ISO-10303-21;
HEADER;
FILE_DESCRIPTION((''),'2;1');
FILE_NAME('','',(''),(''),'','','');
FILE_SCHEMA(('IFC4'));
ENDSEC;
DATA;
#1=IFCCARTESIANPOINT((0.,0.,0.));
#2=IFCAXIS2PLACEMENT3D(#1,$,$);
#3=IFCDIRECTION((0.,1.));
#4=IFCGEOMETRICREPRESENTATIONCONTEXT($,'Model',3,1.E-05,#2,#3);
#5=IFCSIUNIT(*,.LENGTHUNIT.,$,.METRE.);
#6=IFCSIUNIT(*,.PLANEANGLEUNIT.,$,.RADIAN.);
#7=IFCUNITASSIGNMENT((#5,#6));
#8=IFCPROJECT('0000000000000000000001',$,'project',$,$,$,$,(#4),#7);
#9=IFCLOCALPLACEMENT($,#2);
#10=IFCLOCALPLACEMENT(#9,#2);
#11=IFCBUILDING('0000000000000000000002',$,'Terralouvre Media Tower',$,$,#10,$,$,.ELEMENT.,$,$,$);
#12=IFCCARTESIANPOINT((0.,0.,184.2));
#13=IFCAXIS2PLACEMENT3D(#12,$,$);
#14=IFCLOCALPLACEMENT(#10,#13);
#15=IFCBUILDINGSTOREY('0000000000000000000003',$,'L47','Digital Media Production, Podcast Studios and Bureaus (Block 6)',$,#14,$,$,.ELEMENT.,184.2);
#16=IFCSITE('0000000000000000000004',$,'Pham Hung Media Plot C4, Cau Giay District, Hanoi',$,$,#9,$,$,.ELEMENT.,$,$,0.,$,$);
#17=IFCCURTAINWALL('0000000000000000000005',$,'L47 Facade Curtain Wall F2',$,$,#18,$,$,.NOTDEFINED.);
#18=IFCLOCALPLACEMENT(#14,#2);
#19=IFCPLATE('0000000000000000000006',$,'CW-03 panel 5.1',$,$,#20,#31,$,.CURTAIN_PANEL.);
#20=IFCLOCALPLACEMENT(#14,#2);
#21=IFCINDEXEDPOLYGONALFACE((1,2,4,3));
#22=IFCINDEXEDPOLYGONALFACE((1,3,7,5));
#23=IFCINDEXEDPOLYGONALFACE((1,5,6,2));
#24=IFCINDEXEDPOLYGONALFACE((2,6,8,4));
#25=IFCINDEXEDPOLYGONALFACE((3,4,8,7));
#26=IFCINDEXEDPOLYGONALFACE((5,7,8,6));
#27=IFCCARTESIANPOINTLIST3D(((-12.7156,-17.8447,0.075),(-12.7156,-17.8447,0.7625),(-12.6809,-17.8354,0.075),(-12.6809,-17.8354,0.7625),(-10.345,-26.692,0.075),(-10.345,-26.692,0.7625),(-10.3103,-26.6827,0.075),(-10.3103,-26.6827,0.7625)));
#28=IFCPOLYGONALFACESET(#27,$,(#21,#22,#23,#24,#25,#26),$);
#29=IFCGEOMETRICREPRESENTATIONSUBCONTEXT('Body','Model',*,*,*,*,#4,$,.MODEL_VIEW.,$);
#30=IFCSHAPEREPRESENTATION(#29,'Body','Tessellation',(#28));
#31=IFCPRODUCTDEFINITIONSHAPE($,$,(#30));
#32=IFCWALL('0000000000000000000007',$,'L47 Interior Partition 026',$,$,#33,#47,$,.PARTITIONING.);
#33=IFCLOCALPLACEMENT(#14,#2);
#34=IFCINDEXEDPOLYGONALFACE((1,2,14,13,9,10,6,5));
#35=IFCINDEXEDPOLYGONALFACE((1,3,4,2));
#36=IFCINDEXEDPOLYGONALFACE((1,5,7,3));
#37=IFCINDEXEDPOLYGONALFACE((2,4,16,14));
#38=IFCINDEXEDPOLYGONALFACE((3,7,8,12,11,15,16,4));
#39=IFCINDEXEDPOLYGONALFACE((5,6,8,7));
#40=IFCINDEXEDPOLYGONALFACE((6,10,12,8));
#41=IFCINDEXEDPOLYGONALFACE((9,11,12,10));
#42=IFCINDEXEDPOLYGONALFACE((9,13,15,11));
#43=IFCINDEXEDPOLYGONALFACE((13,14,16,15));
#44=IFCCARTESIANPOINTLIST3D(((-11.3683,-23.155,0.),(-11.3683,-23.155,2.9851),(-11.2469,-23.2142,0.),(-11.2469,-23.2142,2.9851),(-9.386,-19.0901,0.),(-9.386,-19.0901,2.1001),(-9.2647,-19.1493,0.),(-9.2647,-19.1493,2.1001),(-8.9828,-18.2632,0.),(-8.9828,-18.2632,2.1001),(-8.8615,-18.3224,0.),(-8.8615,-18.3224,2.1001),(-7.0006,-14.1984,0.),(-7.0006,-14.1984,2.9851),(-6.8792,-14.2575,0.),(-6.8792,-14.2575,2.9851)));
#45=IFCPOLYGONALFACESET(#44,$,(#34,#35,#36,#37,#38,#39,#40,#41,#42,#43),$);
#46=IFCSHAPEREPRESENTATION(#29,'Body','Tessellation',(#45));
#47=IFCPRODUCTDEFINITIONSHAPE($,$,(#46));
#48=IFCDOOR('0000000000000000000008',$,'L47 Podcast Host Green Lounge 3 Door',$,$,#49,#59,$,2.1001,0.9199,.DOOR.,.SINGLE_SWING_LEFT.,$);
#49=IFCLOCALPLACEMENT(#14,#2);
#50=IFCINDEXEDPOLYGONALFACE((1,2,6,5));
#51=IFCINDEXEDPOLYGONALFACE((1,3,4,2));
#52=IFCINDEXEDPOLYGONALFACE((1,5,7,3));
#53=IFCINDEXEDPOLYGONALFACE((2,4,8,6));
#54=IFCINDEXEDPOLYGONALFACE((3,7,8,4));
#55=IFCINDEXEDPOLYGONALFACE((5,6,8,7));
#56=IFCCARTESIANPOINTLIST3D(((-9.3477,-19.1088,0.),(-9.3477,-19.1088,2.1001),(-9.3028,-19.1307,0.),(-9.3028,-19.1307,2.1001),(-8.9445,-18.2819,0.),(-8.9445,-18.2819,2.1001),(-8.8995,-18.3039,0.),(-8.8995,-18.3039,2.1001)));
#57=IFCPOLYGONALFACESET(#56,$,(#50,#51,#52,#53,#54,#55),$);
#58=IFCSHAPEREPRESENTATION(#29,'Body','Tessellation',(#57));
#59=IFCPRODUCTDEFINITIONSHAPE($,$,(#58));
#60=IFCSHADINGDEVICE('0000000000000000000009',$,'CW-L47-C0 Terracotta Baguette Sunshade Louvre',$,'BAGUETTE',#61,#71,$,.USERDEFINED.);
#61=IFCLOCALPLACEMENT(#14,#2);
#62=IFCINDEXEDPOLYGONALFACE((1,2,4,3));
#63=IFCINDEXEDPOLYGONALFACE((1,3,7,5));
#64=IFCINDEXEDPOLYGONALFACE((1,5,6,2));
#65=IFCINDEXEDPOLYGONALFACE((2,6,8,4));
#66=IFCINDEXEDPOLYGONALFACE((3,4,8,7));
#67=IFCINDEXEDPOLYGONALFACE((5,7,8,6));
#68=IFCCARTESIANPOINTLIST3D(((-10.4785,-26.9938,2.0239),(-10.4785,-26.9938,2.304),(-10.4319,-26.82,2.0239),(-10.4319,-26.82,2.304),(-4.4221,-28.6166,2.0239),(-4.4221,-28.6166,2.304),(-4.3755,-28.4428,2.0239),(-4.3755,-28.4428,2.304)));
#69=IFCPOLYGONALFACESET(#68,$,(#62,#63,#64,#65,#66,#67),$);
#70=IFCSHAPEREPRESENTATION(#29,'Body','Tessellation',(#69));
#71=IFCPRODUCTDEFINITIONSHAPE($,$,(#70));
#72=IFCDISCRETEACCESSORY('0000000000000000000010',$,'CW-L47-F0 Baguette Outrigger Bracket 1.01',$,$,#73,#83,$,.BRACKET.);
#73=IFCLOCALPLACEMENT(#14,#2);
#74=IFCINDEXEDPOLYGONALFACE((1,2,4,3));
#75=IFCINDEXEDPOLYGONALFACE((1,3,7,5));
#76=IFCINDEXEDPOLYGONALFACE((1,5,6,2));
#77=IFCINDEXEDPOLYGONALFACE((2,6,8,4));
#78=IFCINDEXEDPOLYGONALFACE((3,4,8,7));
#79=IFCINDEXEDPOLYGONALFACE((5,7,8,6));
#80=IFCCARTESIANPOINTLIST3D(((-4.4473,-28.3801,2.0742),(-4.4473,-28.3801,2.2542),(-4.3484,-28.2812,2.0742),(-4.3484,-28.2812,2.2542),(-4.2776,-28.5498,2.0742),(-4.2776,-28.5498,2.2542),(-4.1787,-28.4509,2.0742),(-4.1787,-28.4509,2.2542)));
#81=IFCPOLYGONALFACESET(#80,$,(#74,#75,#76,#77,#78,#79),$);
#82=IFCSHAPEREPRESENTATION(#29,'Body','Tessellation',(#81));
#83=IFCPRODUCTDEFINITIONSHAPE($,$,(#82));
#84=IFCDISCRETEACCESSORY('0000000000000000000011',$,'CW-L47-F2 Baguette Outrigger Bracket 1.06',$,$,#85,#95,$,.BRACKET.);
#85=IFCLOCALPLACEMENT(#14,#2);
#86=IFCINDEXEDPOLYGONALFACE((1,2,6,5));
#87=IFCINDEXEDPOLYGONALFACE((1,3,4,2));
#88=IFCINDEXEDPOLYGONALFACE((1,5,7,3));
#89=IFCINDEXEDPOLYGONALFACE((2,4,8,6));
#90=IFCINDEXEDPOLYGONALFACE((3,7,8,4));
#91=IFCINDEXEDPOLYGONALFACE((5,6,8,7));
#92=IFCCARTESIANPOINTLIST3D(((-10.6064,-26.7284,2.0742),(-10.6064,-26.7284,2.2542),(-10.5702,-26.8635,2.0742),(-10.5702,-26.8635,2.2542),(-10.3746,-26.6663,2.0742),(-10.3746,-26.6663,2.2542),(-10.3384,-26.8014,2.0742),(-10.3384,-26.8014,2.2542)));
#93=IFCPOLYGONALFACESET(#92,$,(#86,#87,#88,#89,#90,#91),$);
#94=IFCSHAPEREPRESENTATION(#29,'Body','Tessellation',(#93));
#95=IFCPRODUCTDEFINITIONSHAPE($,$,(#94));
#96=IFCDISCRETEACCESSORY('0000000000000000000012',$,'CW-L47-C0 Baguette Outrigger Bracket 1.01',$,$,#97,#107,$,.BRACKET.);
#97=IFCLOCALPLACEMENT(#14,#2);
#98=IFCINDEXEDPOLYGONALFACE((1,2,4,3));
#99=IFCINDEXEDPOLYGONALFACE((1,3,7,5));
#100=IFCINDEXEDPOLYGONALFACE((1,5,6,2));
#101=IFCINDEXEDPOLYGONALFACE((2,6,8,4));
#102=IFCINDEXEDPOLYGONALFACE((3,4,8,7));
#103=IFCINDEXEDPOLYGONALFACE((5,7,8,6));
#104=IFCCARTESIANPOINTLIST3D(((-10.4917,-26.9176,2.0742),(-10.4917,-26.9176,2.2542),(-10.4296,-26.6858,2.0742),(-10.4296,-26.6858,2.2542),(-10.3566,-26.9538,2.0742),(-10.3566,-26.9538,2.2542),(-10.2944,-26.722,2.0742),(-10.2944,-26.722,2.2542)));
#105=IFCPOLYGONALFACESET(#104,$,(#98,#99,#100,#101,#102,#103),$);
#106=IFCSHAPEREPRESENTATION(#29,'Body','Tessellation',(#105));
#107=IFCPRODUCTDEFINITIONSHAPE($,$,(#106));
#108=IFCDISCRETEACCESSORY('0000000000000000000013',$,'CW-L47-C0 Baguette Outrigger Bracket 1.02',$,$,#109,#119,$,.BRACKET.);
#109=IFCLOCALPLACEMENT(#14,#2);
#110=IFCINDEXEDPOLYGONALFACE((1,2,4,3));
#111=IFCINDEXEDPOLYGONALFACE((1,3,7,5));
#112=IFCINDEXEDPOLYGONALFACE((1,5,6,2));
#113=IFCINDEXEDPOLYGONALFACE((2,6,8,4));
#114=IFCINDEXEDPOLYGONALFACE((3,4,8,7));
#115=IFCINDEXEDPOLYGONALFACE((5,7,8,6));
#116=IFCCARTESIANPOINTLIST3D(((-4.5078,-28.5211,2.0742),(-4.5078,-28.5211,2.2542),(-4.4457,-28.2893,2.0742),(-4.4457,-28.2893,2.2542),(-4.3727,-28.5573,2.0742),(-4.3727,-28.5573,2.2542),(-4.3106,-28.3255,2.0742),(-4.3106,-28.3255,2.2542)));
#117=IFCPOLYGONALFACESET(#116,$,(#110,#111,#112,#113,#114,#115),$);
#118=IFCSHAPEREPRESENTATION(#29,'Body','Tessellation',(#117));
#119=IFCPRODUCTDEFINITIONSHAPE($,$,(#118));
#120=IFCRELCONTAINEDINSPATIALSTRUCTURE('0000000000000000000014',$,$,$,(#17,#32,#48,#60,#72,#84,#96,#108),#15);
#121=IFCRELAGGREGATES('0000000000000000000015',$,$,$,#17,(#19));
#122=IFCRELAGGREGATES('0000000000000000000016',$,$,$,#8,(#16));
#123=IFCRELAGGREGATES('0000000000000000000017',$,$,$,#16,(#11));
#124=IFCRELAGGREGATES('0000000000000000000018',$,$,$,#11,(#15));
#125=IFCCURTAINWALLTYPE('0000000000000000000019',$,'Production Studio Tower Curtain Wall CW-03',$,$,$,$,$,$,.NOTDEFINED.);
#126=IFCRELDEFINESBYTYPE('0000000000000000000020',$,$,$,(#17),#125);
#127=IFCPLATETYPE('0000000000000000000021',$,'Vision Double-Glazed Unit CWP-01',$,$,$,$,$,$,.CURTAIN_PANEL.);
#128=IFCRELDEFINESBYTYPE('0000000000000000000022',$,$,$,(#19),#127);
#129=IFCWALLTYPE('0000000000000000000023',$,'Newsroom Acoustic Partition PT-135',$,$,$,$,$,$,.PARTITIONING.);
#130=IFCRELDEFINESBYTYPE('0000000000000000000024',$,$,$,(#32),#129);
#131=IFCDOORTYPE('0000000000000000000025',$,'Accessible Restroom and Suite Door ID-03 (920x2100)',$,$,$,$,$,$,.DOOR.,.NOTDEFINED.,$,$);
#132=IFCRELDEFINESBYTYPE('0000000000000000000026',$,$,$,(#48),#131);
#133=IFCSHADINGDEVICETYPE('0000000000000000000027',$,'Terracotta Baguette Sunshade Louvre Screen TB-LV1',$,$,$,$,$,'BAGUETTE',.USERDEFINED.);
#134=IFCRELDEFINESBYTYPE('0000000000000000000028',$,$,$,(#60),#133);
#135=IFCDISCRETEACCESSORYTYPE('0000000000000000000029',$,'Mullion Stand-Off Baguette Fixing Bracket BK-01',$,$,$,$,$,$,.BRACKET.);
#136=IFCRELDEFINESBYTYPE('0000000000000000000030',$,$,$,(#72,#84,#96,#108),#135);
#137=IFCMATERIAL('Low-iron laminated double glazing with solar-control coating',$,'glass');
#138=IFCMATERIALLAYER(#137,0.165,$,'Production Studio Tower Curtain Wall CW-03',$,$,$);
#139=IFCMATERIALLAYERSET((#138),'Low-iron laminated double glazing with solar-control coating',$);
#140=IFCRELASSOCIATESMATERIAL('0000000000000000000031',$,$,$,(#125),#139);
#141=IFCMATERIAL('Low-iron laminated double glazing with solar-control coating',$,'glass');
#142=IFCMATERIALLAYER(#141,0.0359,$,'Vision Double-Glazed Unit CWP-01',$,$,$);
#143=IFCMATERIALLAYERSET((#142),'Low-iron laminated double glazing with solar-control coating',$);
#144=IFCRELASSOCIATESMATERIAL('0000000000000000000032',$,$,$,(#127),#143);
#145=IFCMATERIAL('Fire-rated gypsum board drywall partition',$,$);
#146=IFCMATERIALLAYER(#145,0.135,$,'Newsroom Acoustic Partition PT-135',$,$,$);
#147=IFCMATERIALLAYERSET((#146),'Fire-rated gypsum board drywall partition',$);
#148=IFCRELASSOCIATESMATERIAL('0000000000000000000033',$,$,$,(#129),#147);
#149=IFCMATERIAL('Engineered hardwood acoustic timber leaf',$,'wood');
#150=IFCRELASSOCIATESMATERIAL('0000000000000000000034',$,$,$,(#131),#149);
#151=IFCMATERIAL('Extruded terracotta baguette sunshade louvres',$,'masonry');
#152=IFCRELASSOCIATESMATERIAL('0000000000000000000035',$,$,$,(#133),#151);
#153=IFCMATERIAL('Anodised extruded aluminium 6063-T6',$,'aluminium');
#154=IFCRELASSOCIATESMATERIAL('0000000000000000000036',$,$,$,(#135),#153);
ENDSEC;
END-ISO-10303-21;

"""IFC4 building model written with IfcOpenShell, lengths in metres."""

from ifc_helpers import new_model, si_unit, direction, frame, frame_2d, origin, origin_2d, place, context, subcontext, project, spatial, rectangle, extrude, material, layer, layer_set, type_object, element, fill, aggregate, save


model = new_model("IFC4")

# Units and contexts
model_context = context("Model", 3, precision=1e-05, world=origin(), true_north=direction((0.0, 1.0)))
body_context = subcontext(model_context, "Body", "Model", "MODEL_VIEW")
ifc_project = project(units=[si_unit("LENGTHUNIT", "METRE"), si_unit("PLANEANGLEUNIT", "RADIAN")], contexts=[model_context])

# Site, building, storey
site_placement = place(None, origin())
site = spatial("IfcSite", under=ifc_project, at=site_placement, Name="Pham Hung Media Plot C4, Cau Giay District, Hanoi", CompositionType="ELEMENT", RefElevation=0.0)
building_placement = place(site_placement, origin())
building = spatial("IfcBuilding", under=site, at=building_placement, Name="Terralouvre Media Tower", CompositionType="ELEMENT")
storey_placement = place(building_placement, frame((0.0, 0.0, 184.2)))
storey = spatial("IfcBuildingStorey", under=building, at=storey_placement, Name="L47", Description="Digital Media Production, Podcast Studios and Bureaus (Block 6)", CompositionType="ELEMENT", Elevation=184.2)

# Shared definitions
ifc_material_1 = material(Name="Low-iron laminated double glazing with solar-control coating", Category="glass")
ifc_layer_1 = layer(ifc_material_1, 0.165, Name="Production Studio Tower Curtain Wall CW-03")
ifc_layer_set_1 = layer_set([ifc_layer_1], Name="Low-iron laminated double glazing with solar-control coating")
curtain_wall_type_1 = type_object("IfcCurtainWallType", Name="Production Studio Tower Curtain Wall CW-03", PredefinedType="NOTDEFINED", material=ifc_layer_set_1)

# Curtain wall
curtain_wall_1_placement = place(storey_placement, origin())
curtain_wall_1 = element("IfcCurtainWall", 1, at=curtain_wall_1_placement, inside=storey, type_object=curtain_wall_type_1, Name="L47 Facade Curtain Wall F2", PredefinedType="NOTDEFINED")

# Plate
ifc_material_2 = material(Name="Low-iron laminated double glazing with solar-control coating", Category="glass")
ifc_layer_2 = layer(ifc_material_2, 0.0359, Name="Vision Double-Glazed Unit CWP-01")
ifc_layer_set_2 = layer_set([ifc_layer_2], Name="Low-iron laminated double glazing with solar-control coating")
plate_type_1 = type_object("IfcPlateType", Name="Vision Double-Glazed Unit CWP-01", PredefinedType="CURTAIN_PANEL", material=ifc_layer_set_2)
plate_1_placement = place(storey_placement, frame((-11.5129, -22.2637, 0.075), z_axis=(0.0, 0.0, 1.0), x_axis=(0.258819, -0.965926, 0.0)))
plate_1 = element("IfcPlate", 2, at=plate_1_placement, type_object=plate_type_1, Name="CW-03 panel 5.1", PredefinedType="CURTAIN_PANEL", context=body_context, shape_type="SweptSolid", body=[
    extrude(rectangle(XDim=9.1594, YDim=0.0359, at=origin_2d()), origin(), (0.0, 0.0, 1.0), 0.6875),
])
aggregate(curtain_wall_1, [plate_1])

# Wall, opening, door
ifc_material_3 = material(Name="Fire-rated gypsum board drywall partition")
ifc_layer_3 = layer(ifc_material_3, 0.135, Name="Newsroom Acoustic Partition PT-135")
ifc_layer_set_3 = layer_set([ifc_layer_3], Name="Fire-rated gypsum board drywall partition")
wall_type = type_object("IfcWallType", Name="Newsroom Acoustic Partition PT-135", PredefinedType="PARTITIONING", material=ifc_layer_set_3)
wall_placement = place(storey_placement, frame((-11.3076, -23.1846, 0.0), z_axis=(0.0, 0.0, 1.0), x_axis=(0.438313, 0.898823, 0.0)))
wall = element("IfcWall", 3, at=wall_placement, inside=storey, type_object=wall_type, Name="L47 Interior Partition 026", PredefinedType="PARTITIONING", context=body_context, shape_type="SweptSolid", body=[
    extrude(rectangle(XDim=9.9648, YDim=0.135, at=frame_2d((4.9824, 0.0))), origin(), (0.0, 0.0, 1.0), 2.9851),
])
opening_placement = place(wall_placement, frame((4.5225, 0.0, 0.0)))
opening = element("IfcOpeningElement", 4, at=opening_placement, cuts=wall, PredefinedType="OPENING", context=body_context, shape_type="SweptSolid", body=[
    extrude(rectangle(XDim=0.9199, YDim=2.1001, at=frame_2d((0.46, 1.05))), frame((0.0, 0.0774, 0.0), z_axis=(0.0, -1.0, 0.0), x_axis=(1.0, 0.0, 0.0)), (0.0, 0.0, 1.0), 0.155),
])
ifc_material_4 = material(Name="Engineered hardwood acoustic timber leaf", Category="wood")
door_type = type_object("IfcDoorType", Name="Accessible Restroom and Suite Door ID-03 (920x2100)", OperationType="NOTDEFINED", PredefinedType="DOOR", material=ifc_material_4)
door_placement = place(opening_placement, origin())
door = element("IfcDoor", 5, at=door_placement, inside=storey, type_object=door_type, Name="L47 Podcast Host Green Lounge 3 Door", OperationType="SINGLE_SWING_LEFT", OverallHeight=2.1001, OverallWidth=0.9199, PredefinedType="DOOR", context=body_context, shape_type="SweptSolid", body=[
    extrude(rectangle(XDim=0.9199, YDim=2.1001, at=frame_2d((0.46, 1.05))), frame((0.0, 0.0249, 0.0), z_axis=(0.0, -1.0, 0.0), x_axis=(1.0, 0.0, 0.0)), (0.0, 0.0, 1.0), 0.05),
])
fill(opening, door)

# Shading device
ifc_material_5 = material(Name="Extruded terracotta baguette sunshade louvres", Category="masonry")
shading_device_type = type_object("IfcShadingDeviceType", Name="Terracotta Baguette Sunshade Louvre Screen TB-LV1", ElementType="BAGUETTE", PredefinedType="USERDEFINED", material=ifc_material_5)
shading_device_placement = place(storey_placement, frame((-7.427, -27.7183, 2.0239), z_axis=(0.0, 0.0, 1.0), x_axis=(0.965926, -0.258819, 0.0)))
element("IfcShadingDevice", 6, at=shading_device_placement, inside=storey, type_object=shading_device_type, Name="CW-L47-C0 Terracotta Baguette Sunshade Louvre", ObjectType="BAGUETTE", PredefinedType="USERDEFINED", context=body_context, shape_type="SweptSolid", body=[
    extrude(rectangle(XDim=6.27, YDim=0.1799, at=origin_2d()), origin(), (0.0, 0.0, 1.0), 0.28),
])

# Discrete accessories
ifc_material_6 = material(Name="Anodised extruded aluminium 6063-T6", Category="aluminium")
discrete_accessory_type = type_object("IfcDiscreteAccessoryType", Name="Mullion Stand-Off Baguette Fixing Bracket BK-01", PredefinedType="BRACKET", material=ifc_material_6)
for number, where, z_axis, x_axis, name in (
    (7, (-4.313, -28.4155, 2.0742), (0.0, 0.0, 1.0), (0.707107, 0.707107, 0.0), "CW-L47-F0 Baguette Outrigger Bracket 1.01"),
    (8, (-10.4724, -26.7649, 2.0742), (0.0, 0.0, 1.0), (0.258819, -0.965926, 0.0), "CW-L47-F2 Baguette Outrigger Bracket 1.06"),
    (9, (-10.3931, -26.8198, 2.0742), (0.0, 0.0, 1.0), (0.965926, -0.258819, 0.0), "CW-L47-C0 Baguette Outrigger Bracket 1.01"),
    (10, (-4.4092, -28.4233, 2.0742), (0.0, 0.0, 1.0), (0.965926, -0.258819, 0.0), "CW-L47-C0 Baguette Outrigger Bracket 1.02"),
):
    element("IfcDiscreteAccessory", number, at=place(storey_placement, frame(where, z_axis=z_axis, x_axis=x_axis)), inside=storey, type_object=discrete_accessory_type, Name=name, PredefinedType="BRACKET", context=body_context, shape_type="SweptSolid", body=[
        extrude(rectangle(XDim=0.1399, YDim=0.24, at=origin_2d()), origin(), (0.0, 0.0, 1.0), 0.1799),
    ])

save(model, "model.ifc")
